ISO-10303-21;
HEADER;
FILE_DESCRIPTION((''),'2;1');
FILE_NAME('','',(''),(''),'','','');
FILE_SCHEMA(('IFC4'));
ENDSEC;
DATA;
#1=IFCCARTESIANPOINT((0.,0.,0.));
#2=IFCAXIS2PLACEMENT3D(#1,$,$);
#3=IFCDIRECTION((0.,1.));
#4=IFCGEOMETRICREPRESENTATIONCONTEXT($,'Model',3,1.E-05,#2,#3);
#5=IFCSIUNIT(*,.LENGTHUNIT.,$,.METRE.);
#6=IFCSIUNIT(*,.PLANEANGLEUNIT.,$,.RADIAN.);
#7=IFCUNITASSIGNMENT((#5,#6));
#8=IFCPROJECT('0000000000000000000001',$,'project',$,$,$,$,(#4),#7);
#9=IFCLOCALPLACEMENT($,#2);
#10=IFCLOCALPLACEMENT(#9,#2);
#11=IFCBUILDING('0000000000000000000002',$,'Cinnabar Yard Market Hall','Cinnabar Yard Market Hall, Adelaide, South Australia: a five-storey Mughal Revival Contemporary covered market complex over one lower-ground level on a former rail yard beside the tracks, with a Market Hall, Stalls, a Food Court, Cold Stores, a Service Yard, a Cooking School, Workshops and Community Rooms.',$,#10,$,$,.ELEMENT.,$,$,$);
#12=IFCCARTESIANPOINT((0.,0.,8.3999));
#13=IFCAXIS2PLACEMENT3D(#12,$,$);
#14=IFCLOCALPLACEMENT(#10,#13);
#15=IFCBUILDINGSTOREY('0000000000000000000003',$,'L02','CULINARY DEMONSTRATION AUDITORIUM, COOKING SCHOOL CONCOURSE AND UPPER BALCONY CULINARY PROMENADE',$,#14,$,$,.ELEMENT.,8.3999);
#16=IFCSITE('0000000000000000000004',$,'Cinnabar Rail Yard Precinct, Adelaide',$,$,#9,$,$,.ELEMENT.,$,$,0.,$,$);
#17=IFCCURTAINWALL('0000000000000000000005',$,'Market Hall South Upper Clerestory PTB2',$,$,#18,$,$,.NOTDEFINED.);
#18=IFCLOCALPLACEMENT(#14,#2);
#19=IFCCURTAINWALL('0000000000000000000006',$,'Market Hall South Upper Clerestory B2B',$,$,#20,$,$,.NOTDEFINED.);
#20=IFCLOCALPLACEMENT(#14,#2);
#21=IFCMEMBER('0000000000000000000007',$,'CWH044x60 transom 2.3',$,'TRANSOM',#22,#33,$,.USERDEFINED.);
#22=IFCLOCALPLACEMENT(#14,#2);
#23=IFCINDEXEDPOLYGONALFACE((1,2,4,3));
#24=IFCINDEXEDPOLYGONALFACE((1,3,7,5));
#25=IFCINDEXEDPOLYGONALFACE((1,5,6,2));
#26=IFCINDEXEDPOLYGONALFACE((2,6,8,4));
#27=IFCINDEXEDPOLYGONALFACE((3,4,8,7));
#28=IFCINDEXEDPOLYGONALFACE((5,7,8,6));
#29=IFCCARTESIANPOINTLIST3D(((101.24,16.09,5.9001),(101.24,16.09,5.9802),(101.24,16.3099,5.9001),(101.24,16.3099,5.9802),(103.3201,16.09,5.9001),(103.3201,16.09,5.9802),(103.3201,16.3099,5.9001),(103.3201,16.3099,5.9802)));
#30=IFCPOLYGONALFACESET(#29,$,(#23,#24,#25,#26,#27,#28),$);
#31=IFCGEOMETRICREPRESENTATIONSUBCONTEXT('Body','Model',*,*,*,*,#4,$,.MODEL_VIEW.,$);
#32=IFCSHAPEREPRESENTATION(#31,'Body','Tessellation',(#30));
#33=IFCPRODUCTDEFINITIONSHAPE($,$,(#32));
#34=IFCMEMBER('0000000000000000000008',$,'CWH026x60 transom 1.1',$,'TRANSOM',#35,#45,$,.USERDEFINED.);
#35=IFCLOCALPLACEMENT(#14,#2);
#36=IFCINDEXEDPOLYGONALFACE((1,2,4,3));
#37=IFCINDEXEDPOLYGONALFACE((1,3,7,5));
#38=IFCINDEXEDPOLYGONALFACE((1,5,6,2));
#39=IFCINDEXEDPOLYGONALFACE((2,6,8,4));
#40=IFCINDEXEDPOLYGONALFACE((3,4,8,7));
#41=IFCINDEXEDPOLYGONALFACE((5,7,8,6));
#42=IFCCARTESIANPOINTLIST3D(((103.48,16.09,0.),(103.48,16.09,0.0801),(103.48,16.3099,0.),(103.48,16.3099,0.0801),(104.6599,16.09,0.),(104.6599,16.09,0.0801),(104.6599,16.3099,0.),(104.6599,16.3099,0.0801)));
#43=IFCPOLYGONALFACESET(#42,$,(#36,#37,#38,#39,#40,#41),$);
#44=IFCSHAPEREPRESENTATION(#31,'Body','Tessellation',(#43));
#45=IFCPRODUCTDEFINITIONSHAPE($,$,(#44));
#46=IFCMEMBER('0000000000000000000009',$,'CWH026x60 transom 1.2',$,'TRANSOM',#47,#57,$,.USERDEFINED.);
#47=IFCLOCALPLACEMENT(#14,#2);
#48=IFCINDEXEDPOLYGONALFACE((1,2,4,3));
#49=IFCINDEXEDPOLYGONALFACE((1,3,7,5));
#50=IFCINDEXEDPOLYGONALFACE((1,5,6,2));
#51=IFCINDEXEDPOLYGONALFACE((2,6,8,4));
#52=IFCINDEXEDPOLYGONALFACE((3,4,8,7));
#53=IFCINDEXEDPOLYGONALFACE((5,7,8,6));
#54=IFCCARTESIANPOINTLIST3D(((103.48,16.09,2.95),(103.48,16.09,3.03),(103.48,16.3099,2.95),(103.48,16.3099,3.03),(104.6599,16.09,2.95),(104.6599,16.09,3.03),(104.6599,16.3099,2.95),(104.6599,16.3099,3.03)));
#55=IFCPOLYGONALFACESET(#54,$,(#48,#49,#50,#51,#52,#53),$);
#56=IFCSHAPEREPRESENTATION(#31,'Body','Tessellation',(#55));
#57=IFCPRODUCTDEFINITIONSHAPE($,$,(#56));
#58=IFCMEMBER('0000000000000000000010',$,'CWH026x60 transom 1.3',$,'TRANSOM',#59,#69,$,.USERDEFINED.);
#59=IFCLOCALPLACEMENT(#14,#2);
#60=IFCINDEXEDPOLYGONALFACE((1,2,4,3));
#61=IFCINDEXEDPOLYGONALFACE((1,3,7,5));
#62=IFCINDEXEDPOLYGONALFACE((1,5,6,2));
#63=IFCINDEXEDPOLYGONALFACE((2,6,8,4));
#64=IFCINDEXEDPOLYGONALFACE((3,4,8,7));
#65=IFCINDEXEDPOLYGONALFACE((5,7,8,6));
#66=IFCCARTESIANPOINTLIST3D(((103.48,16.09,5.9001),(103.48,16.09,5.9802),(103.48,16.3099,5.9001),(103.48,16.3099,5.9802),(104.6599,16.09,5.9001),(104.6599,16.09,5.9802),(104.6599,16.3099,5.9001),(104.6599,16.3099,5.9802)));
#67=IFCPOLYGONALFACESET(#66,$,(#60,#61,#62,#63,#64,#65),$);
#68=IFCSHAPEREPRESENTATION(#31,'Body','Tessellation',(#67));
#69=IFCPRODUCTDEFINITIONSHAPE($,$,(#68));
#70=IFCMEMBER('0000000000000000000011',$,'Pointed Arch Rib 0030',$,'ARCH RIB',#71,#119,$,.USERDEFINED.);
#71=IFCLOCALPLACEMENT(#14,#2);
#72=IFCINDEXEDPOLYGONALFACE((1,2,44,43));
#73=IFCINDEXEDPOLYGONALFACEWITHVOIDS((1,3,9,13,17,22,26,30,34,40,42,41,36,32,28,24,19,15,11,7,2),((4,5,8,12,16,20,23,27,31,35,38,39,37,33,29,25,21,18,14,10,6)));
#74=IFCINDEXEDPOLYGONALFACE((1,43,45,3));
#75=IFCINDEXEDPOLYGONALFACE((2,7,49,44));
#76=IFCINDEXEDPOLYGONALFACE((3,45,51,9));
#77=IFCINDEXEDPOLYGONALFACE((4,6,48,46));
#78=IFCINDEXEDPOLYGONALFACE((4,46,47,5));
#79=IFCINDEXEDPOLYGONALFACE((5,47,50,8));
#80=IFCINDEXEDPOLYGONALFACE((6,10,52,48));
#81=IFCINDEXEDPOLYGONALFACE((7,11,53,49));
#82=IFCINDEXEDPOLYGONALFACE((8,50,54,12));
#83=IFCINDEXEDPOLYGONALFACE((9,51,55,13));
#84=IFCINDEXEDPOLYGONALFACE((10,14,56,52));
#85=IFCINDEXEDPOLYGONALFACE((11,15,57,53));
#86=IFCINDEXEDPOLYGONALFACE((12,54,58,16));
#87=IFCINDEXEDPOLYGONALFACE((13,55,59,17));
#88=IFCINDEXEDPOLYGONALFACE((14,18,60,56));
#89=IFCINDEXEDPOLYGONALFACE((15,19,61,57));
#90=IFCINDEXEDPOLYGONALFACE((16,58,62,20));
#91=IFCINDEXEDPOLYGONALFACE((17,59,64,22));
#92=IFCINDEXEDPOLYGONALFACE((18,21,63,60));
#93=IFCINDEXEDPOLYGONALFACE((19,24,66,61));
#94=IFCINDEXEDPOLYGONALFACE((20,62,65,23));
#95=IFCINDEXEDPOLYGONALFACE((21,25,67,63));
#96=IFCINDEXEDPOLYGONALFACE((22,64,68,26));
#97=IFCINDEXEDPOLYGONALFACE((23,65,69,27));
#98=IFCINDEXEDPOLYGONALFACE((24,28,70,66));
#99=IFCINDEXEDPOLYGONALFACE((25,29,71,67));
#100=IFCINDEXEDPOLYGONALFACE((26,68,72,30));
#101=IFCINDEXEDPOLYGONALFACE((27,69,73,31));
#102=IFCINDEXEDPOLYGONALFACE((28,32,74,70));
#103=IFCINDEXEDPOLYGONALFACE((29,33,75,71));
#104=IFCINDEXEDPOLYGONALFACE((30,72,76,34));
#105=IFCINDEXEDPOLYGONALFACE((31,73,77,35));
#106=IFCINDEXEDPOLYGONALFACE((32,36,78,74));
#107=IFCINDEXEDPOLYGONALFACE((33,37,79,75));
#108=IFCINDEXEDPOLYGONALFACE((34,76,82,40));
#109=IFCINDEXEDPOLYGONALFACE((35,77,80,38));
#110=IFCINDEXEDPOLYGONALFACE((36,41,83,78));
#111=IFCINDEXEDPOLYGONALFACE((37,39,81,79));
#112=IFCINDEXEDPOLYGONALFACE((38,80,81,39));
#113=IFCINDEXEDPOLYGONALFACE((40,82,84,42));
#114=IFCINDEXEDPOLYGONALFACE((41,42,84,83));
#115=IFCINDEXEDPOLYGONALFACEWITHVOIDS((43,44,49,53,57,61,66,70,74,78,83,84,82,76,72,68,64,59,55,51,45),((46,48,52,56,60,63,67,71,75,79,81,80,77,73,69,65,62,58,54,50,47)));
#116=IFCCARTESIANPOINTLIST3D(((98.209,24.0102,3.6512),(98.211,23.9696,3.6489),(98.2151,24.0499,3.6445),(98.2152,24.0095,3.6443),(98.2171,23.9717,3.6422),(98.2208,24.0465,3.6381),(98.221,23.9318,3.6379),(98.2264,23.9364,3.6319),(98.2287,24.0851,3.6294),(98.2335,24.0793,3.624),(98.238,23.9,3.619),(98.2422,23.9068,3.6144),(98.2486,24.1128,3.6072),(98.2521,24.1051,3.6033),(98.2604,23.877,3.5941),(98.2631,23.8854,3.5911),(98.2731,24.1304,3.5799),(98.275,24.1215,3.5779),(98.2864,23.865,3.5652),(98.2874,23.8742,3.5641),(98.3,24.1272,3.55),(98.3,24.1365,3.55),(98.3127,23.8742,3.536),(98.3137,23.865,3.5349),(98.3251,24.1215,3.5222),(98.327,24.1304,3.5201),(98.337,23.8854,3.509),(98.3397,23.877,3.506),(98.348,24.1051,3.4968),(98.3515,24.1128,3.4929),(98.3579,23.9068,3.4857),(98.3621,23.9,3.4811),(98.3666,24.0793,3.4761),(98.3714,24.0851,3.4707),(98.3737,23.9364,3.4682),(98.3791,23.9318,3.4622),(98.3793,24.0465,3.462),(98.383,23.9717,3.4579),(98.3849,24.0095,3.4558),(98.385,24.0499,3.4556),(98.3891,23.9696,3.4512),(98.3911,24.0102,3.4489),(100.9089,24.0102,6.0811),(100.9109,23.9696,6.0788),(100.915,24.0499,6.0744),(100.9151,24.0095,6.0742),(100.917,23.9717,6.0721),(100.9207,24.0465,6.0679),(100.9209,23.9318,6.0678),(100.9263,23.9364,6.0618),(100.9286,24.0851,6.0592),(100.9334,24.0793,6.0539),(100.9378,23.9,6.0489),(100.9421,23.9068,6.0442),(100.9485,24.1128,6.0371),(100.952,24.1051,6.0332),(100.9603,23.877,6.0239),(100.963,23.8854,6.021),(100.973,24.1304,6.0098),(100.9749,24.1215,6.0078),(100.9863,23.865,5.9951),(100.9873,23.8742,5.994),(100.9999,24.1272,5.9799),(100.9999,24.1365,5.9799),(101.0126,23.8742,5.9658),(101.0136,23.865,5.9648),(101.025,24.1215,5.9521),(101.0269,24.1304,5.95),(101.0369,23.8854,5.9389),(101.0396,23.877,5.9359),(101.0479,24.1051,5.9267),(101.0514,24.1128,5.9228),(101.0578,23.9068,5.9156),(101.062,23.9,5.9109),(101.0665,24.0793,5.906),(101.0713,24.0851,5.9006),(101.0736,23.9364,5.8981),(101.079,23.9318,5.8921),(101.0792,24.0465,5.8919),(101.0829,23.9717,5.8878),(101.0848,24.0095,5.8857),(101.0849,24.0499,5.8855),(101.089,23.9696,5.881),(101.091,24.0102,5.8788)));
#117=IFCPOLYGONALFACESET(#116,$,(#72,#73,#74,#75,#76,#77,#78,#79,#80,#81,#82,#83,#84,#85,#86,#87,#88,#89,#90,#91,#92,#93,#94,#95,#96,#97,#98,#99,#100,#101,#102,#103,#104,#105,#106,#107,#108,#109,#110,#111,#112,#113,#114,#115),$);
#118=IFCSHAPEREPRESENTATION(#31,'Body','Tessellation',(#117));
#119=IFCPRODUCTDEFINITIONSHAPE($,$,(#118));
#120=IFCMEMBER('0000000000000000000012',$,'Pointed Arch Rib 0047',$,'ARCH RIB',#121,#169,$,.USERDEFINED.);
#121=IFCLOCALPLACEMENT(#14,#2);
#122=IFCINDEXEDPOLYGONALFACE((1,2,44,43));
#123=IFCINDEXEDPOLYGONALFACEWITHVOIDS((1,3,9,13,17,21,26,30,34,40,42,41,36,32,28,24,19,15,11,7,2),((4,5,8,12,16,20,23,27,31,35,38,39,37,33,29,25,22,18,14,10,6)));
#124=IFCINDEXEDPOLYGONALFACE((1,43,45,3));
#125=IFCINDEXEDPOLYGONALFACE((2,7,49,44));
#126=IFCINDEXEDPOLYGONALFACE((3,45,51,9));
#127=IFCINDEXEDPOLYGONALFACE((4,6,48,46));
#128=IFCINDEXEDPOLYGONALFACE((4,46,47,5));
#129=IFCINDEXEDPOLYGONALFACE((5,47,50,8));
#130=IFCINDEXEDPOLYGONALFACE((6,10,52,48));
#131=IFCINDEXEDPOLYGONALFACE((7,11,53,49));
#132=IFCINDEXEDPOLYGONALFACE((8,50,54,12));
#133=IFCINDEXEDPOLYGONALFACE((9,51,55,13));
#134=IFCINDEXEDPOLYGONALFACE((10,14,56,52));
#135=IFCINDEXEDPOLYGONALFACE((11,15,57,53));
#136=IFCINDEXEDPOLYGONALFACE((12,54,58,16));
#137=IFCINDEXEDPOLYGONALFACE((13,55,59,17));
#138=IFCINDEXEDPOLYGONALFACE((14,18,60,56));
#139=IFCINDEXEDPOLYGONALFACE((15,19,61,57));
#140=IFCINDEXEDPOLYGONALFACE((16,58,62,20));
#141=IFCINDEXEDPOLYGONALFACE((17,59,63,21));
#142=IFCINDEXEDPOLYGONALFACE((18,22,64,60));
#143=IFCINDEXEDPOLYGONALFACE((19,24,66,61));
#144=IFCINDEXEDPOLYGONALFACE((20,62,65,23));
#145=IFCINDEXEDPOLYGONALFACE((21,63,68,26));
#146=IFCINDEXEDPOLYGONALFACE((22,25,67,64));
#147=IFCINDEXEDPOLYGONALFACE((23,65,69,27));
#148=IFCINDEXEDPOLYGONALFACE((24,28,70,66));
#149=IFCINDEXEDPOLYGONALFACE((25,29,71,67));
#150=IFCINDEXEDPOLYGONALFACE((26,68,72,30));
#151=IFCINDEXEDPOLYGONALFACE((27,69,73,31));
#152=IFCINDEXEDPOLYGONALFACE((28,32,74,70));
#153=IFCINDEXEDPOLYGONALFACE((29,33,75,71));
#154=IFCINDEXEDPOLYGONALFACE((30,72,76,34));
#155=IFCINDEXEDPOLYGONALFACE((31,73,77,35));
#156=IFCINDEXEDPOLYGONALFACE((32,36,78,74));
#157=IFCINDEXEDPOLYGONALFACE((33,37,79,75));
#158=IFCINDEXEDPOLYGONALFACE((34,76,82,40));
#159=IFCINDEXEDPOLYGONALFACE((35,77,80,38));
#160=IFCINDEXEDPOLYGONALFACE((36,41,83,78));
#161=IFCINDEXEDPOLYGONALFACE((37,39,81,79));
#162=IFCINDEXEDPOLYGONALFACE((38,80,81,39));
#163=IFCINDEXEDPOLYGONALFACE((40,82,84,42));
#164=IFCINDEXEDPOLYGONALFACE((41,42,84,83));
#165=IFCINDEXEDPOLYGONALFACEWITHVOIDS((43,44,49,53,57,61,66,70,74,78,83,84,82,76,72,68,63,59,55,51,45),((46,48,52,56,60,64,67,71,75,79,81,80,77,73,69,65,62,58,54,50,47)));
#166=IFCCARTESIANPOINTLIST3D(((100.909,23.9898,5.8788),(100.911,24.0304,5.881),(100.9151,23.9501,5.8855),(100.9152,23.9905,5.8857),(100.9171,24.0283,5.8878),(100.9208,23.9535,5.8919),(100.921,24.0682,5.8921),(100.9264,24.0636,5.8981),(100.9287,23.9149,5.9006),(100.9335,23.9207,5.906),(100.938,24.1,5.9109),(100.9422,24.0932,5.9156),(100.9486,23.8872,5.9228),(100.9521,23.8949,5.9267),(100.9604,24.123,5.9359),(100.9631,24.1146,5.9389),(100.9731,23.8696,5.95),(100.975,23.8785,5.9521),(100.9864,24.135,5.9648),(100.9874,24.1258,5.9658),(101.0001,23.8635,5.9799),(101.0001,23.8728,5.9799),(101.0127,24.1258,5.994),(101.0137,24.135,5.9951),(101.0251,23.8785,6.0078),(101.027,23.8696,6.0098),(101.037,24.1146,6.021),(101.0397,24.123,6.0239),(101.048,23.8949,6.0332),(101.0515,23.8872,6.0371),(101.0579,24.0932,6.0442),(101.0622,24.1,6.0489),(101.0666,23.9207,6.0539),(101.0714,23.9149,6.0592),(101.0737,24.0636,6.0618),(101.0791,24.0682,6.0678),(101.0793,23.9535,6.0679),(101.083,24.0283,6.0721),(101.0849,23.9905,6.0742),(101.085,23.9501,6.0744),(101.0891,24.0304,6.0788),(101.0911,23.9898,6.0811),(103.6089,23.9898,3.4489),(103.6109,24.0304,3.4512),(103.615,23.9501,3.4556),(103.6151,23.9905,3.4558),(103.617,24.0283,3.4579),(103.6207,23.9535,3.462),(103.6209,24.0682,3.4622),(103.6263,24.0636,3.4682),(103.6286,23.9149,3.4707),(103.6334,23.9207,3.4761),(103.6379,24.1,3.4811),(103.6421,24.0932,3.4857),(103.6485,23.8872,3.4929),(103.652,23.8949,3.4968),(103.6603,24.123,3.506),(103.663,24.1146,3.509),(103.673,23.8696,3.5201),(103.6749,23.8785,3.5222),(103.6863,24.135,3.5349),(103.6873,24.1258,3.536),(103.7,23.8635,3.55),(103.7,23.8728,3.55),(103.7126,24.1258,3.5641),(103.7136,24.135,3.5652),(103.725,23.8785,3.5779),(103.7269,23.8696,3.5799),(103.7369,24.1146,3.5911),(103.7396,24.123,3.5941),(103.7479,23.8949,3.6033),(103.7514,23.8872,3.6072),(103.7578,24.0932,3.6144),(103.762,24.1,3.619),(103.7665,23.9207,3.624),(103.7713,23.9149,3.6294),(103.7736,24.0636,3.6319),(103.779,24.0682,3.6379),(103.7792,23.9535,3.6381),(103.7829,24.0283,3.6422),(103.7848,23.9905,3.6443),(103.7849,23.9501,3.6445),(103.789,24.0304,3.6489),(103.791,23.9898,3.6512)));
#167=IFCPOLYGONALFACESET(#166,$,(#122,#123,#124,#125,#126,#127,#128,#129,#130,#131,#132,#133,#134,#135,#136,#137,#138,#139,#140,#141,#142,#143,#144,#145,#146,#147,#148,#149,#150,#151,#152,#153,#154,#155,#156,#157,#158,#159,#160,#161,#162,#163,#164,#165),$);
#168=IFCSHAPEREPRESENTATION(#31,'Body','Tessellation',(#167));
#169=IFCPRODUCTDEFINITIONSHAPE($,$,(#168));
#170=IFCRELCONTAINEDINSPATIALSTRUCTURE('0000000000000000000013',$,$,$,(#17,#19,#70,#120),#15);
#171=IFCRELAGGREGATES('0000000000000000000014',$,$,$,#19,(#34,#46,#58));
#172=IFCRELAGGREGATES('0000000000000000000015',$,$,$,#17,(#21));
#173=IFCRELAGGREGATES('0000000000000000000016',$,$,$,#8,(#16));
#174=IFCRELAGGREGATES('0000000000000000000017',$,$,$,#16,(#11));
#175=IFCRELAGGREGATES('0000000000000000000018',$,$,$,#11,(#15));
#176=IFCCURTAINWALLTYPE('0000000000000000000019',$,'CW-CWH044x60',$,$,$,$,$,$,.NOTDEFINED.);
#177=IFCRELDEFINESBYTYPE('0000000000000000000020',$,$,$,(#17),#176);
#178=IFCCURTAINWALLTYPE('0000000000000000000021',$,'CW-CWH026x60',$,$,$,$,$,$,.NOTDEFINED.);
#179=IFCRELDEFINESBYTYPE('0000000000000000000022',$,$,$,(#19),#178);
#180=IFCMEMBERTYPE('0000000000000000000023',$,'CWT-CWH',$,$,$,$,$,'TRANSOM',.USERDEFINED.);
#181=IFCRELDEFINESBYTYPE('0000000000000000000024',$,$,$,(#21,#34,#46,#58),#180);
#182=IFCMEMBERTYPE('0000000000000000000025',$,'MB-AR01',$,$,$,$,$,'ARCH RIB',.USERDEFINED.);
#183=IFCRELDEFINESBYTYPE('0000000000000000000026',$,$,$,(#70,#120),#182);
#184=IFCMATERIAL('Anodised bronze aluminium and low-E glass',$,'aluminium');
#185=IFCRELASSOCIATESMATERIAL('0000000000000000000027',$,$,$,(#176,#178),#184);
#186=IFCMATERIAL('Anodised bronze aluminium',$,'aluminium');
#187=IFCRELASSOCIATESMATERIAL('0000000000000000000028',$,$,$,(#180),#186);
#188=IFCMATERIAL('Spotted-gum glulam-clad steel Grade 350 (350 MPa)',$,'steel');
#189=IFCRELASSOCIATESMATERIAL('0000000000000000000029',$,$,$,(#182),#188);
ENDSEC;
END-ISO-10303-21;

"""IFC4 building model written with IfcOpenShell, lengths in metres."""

from ifc_helpers import new_model, si_unit, direction, frame, origin, origin_2d_with_axis, place, context, subcontext, project, spatial, rectangle, hollow_circle, extrude, material, material_profile, profile_set, type_object, element, aggregate, save


model = new_model("IFC4")

# Units and contexts
model_context = context("Model", 3, precision=1e-05, world=origin(), true_north=direction((0.0, 1.0)))
body_context = subcontext(model_context, "Body", "Model", "MODEL_VIEW")
ifc_project = project(units=[si_unit("LENGTHUNIT", "METRE"), si_unit("PLANEANGLEUNIT", "RADIAN")], contexts=[model_context])

# Site, building, storey
site_placement = place(None, origin())
site = spatial("IfcSite", under=ifc_project, at=site_placement, Name="Cinnabar Rail Yard Precinct, Adelaide", CompositionType="ELEMENT", RefElevation=0.0)
building_placement = place(site_placement, origin())
building = spatial("IfcBuilding", under=site, at=building_placement, Name="Cinnabar Yard Market Hall", Description="Cinnabar Yard Market Hall, Adelaide, South Australia: a five-storey Mughal Revival Contemporary covered market complex over one lower-ground level on a former rail yard beside the tracks, with a Market Hall, Stalls, a Food Court, Cold Stores, a Service Yard, a Cooking School, Workshops and Community Rooms.", CompositionType="ELEMENT")
storey_placement = place(building_placement, frame((0.0, 0.0, 8.3999)))
storey = spatial("IfcBuildingStorey", under=building, at=storey_placement, Name="L02", Description="CULINARY DEMONSTRATION AUDITORIUM, COOKING SCHOOL CONCOURSE AND UPPER BALCONY CULINARY PROMENADE", CompositionType="ELEMENT", Elevation=8.3999)

# Curtain walls
ifc_material_1 = material(Name="Anodised bronze aluminium and low-E glass", Category="aluminium")
ifc_material_2 = material(Name="Anodised bronze aluminium", Category="aluminium")
curtain_wall_type_1 = type_object("IfcCurtainWallType", Name="CW-CWH044x60", PredefinedType="NOTDEFINED", material=ifc_material_1)
curtain_wall_1_placement = place(storey_placement, origin())
curtain_wall_1 = element("IfcCurtainWall", 1, at=curtain_wall_1_placement, inside=storey, type_object=curtain_wall_type_1, Name="Market Hall South Upper Clerestory PTB2", PredefinedType="NOTDEFINED")
curtain_wall_type_2 = type_object("IfcCurtainWallType", Name="CW-CWH026x60", PredefinedType="NOTDEFINED", material=ifc_material_1)
curtain_wall_2_placement = place(storey_placement, origin())
curtain_wall_2 = element("IfcCurtainWall", 2, at=curtain_wall_2_placement, inside=storey, type_object=curtain_wall_type_2, Name="Market Hall South Upper Clerestory B2B", PredefinedType="NOTDEFINED")

# Members
ifc_material_profile_1 = material_profile(ifc_material_2, rectangle(XDim=0.22, YDim=0.0801, at=origin_2d_with_axis()), Name="TRN-CWH")
ifc_profile_set_1 = profile_set([ifc_material_profile_1], Name="Anodised bronze aluminium")
member_type_1 = type_object("IfcMemberType", Name="CWT-CWH", ElementType="TRANSOM", PredefinedType="USERDEFINED", material=ifc_profile_set_1)
member_1_placement = place(storey_placement, frame((101.24, 16.2, 5.9402), z_axis=(1.0, 0.0, 0.0), x_axis=(0.0, 1.0, 0.0)))
member_1 = element("IfcMember", 3, at=member_1_placement, type_object=member_type_1, Name="CWH044x60 transom 2.3", ObjectType="TRANSOM", PredefinedType="USERDEFINED", context=body_context, shape_type="SweptSolid", body=[
    extrude(rectangle(XDim=0.22, YDim=0.0801, at=origin_2d_with_axis()), origin(), (0.0, 0.0, 1.0), 2.0801),
])
member_2_placement = place(storey_placement, frame((103.48, 16.2, 0.04), z_axis=(1.0, 0.0, 0.0), x_axis=(0.0, 1.0, 0.0)))
member_2 = element("IfcMember", 4, at=member_2_placement, type_object=member_type_1, Name="CWH026x60 transom 1.1", ObjectType="TRANSOM", PredefinedType="USERDEFINED", context=body_context, shape_type="SweptSolid", body=[
    extrude(rectangle(XDim=0.22, YDim=0.0801, at=origin_2d_with_axis()), origin(), (0.0, 0.0, 1.0), 1.1799),
])
member_3_placement = place(storey_placement, frame((103.48, 16.2, 2.99), z_axis=(1.0, 0.0, 0.0), x_axis=(0.0, 1.0, 0.0)))
member_3 = element("IfcMember", 5, at=member_3_placement, type_object=member_type_1, Name="CWH026x60 transom 1.2", ObjectType="TRANSOM", PredefinedType="USERDEFINED", context=body_context, shape_type="SweptSolid", body=[
    extrude(rectangle(XDim=0.22, YDim=0.0801, at=origin_2d_with_axis()), origin(), (0.0, 0.0, 1.0), 1.1799),
])
member_4_placement = place(storey_placement, frame((103.48, 16.2, 5.9402), z_axis=(1.0, 0.0, 0.0), x_axis=(0.0, 1.0, 0.0)))
member_4 = element("IfcMember", 6, at=member_4_placement, type_object=member_type_1, Name="CWH026x60 transom 1.3", ObjectType="TRANSOM", PredefinedType="USERDEFINED", context=body_context, shape_type="SweptSolid", body=[
    extrude(rectangle(XDim=0.22, YDim=0.0801, at=origin_2d_with_axis()), origin(), (0.0, 0.0, 1.0), 1.1799),
])

# Members
ifc_material_3 = material(Name="Spotted-gum glulam-clad steel Grade 350 (350 MPa)", Category="steel")
ifc_material_profile_2 = material_profile(ifc_material_3, hollow_circle(Radius=0.1365, WallThickness=0.0093, at=origin_2d_with_axis()), Name="273.1x9.3CHS")
ifc_profile_set_2 = profile_set([ifc_material_profile_2], Name="Spotted-gum glulam-clad steel Grade 350 (350 MPa)")
member_type_2 = type_object("IfcMemberType", Name="MB-AR01", ElementType="ARCH RIB", PredefinedType="USERDEFINED", material=ifc_profile_set_2)
for number, where, z_axis, x_axis, name in (
    (7, (98.3, 24.0, 3.55), (0.743297, 0.0, 0.668961), (0.0, 1.0, 0.0), "Pointed Arch Rib 0030"),
    (8, (103.7, 24.0, 3.55), (-0.743297, 0.0, 0.668961), (0.0, -1.0, 0.0), "Pointed Arch Rib 0047"),
):
    element("IfcMember", number, at=place(storey_placement, frame(where, z_axis=z_axis, x_axis=x_axis)), inside=storey, type_object=member_type_2, Name=name, ObjectType="ARCH RIB", PredefinedType="USERDEFINED", context=body_context, shape_type="SweptSolid", body=[
        extrude(hollow_circle(Radius=0.1365, WallThickness=0.0093, at=origin_2d_with_axis()), origin(), (0.0, 0.0, 1.0), 3.6323),
    ])

aggregate(curtain_wall_2, [member_2, member_3, member_4])
aggregate(curtain_wall_1, [member_1])

save(model, "model.ifc")
